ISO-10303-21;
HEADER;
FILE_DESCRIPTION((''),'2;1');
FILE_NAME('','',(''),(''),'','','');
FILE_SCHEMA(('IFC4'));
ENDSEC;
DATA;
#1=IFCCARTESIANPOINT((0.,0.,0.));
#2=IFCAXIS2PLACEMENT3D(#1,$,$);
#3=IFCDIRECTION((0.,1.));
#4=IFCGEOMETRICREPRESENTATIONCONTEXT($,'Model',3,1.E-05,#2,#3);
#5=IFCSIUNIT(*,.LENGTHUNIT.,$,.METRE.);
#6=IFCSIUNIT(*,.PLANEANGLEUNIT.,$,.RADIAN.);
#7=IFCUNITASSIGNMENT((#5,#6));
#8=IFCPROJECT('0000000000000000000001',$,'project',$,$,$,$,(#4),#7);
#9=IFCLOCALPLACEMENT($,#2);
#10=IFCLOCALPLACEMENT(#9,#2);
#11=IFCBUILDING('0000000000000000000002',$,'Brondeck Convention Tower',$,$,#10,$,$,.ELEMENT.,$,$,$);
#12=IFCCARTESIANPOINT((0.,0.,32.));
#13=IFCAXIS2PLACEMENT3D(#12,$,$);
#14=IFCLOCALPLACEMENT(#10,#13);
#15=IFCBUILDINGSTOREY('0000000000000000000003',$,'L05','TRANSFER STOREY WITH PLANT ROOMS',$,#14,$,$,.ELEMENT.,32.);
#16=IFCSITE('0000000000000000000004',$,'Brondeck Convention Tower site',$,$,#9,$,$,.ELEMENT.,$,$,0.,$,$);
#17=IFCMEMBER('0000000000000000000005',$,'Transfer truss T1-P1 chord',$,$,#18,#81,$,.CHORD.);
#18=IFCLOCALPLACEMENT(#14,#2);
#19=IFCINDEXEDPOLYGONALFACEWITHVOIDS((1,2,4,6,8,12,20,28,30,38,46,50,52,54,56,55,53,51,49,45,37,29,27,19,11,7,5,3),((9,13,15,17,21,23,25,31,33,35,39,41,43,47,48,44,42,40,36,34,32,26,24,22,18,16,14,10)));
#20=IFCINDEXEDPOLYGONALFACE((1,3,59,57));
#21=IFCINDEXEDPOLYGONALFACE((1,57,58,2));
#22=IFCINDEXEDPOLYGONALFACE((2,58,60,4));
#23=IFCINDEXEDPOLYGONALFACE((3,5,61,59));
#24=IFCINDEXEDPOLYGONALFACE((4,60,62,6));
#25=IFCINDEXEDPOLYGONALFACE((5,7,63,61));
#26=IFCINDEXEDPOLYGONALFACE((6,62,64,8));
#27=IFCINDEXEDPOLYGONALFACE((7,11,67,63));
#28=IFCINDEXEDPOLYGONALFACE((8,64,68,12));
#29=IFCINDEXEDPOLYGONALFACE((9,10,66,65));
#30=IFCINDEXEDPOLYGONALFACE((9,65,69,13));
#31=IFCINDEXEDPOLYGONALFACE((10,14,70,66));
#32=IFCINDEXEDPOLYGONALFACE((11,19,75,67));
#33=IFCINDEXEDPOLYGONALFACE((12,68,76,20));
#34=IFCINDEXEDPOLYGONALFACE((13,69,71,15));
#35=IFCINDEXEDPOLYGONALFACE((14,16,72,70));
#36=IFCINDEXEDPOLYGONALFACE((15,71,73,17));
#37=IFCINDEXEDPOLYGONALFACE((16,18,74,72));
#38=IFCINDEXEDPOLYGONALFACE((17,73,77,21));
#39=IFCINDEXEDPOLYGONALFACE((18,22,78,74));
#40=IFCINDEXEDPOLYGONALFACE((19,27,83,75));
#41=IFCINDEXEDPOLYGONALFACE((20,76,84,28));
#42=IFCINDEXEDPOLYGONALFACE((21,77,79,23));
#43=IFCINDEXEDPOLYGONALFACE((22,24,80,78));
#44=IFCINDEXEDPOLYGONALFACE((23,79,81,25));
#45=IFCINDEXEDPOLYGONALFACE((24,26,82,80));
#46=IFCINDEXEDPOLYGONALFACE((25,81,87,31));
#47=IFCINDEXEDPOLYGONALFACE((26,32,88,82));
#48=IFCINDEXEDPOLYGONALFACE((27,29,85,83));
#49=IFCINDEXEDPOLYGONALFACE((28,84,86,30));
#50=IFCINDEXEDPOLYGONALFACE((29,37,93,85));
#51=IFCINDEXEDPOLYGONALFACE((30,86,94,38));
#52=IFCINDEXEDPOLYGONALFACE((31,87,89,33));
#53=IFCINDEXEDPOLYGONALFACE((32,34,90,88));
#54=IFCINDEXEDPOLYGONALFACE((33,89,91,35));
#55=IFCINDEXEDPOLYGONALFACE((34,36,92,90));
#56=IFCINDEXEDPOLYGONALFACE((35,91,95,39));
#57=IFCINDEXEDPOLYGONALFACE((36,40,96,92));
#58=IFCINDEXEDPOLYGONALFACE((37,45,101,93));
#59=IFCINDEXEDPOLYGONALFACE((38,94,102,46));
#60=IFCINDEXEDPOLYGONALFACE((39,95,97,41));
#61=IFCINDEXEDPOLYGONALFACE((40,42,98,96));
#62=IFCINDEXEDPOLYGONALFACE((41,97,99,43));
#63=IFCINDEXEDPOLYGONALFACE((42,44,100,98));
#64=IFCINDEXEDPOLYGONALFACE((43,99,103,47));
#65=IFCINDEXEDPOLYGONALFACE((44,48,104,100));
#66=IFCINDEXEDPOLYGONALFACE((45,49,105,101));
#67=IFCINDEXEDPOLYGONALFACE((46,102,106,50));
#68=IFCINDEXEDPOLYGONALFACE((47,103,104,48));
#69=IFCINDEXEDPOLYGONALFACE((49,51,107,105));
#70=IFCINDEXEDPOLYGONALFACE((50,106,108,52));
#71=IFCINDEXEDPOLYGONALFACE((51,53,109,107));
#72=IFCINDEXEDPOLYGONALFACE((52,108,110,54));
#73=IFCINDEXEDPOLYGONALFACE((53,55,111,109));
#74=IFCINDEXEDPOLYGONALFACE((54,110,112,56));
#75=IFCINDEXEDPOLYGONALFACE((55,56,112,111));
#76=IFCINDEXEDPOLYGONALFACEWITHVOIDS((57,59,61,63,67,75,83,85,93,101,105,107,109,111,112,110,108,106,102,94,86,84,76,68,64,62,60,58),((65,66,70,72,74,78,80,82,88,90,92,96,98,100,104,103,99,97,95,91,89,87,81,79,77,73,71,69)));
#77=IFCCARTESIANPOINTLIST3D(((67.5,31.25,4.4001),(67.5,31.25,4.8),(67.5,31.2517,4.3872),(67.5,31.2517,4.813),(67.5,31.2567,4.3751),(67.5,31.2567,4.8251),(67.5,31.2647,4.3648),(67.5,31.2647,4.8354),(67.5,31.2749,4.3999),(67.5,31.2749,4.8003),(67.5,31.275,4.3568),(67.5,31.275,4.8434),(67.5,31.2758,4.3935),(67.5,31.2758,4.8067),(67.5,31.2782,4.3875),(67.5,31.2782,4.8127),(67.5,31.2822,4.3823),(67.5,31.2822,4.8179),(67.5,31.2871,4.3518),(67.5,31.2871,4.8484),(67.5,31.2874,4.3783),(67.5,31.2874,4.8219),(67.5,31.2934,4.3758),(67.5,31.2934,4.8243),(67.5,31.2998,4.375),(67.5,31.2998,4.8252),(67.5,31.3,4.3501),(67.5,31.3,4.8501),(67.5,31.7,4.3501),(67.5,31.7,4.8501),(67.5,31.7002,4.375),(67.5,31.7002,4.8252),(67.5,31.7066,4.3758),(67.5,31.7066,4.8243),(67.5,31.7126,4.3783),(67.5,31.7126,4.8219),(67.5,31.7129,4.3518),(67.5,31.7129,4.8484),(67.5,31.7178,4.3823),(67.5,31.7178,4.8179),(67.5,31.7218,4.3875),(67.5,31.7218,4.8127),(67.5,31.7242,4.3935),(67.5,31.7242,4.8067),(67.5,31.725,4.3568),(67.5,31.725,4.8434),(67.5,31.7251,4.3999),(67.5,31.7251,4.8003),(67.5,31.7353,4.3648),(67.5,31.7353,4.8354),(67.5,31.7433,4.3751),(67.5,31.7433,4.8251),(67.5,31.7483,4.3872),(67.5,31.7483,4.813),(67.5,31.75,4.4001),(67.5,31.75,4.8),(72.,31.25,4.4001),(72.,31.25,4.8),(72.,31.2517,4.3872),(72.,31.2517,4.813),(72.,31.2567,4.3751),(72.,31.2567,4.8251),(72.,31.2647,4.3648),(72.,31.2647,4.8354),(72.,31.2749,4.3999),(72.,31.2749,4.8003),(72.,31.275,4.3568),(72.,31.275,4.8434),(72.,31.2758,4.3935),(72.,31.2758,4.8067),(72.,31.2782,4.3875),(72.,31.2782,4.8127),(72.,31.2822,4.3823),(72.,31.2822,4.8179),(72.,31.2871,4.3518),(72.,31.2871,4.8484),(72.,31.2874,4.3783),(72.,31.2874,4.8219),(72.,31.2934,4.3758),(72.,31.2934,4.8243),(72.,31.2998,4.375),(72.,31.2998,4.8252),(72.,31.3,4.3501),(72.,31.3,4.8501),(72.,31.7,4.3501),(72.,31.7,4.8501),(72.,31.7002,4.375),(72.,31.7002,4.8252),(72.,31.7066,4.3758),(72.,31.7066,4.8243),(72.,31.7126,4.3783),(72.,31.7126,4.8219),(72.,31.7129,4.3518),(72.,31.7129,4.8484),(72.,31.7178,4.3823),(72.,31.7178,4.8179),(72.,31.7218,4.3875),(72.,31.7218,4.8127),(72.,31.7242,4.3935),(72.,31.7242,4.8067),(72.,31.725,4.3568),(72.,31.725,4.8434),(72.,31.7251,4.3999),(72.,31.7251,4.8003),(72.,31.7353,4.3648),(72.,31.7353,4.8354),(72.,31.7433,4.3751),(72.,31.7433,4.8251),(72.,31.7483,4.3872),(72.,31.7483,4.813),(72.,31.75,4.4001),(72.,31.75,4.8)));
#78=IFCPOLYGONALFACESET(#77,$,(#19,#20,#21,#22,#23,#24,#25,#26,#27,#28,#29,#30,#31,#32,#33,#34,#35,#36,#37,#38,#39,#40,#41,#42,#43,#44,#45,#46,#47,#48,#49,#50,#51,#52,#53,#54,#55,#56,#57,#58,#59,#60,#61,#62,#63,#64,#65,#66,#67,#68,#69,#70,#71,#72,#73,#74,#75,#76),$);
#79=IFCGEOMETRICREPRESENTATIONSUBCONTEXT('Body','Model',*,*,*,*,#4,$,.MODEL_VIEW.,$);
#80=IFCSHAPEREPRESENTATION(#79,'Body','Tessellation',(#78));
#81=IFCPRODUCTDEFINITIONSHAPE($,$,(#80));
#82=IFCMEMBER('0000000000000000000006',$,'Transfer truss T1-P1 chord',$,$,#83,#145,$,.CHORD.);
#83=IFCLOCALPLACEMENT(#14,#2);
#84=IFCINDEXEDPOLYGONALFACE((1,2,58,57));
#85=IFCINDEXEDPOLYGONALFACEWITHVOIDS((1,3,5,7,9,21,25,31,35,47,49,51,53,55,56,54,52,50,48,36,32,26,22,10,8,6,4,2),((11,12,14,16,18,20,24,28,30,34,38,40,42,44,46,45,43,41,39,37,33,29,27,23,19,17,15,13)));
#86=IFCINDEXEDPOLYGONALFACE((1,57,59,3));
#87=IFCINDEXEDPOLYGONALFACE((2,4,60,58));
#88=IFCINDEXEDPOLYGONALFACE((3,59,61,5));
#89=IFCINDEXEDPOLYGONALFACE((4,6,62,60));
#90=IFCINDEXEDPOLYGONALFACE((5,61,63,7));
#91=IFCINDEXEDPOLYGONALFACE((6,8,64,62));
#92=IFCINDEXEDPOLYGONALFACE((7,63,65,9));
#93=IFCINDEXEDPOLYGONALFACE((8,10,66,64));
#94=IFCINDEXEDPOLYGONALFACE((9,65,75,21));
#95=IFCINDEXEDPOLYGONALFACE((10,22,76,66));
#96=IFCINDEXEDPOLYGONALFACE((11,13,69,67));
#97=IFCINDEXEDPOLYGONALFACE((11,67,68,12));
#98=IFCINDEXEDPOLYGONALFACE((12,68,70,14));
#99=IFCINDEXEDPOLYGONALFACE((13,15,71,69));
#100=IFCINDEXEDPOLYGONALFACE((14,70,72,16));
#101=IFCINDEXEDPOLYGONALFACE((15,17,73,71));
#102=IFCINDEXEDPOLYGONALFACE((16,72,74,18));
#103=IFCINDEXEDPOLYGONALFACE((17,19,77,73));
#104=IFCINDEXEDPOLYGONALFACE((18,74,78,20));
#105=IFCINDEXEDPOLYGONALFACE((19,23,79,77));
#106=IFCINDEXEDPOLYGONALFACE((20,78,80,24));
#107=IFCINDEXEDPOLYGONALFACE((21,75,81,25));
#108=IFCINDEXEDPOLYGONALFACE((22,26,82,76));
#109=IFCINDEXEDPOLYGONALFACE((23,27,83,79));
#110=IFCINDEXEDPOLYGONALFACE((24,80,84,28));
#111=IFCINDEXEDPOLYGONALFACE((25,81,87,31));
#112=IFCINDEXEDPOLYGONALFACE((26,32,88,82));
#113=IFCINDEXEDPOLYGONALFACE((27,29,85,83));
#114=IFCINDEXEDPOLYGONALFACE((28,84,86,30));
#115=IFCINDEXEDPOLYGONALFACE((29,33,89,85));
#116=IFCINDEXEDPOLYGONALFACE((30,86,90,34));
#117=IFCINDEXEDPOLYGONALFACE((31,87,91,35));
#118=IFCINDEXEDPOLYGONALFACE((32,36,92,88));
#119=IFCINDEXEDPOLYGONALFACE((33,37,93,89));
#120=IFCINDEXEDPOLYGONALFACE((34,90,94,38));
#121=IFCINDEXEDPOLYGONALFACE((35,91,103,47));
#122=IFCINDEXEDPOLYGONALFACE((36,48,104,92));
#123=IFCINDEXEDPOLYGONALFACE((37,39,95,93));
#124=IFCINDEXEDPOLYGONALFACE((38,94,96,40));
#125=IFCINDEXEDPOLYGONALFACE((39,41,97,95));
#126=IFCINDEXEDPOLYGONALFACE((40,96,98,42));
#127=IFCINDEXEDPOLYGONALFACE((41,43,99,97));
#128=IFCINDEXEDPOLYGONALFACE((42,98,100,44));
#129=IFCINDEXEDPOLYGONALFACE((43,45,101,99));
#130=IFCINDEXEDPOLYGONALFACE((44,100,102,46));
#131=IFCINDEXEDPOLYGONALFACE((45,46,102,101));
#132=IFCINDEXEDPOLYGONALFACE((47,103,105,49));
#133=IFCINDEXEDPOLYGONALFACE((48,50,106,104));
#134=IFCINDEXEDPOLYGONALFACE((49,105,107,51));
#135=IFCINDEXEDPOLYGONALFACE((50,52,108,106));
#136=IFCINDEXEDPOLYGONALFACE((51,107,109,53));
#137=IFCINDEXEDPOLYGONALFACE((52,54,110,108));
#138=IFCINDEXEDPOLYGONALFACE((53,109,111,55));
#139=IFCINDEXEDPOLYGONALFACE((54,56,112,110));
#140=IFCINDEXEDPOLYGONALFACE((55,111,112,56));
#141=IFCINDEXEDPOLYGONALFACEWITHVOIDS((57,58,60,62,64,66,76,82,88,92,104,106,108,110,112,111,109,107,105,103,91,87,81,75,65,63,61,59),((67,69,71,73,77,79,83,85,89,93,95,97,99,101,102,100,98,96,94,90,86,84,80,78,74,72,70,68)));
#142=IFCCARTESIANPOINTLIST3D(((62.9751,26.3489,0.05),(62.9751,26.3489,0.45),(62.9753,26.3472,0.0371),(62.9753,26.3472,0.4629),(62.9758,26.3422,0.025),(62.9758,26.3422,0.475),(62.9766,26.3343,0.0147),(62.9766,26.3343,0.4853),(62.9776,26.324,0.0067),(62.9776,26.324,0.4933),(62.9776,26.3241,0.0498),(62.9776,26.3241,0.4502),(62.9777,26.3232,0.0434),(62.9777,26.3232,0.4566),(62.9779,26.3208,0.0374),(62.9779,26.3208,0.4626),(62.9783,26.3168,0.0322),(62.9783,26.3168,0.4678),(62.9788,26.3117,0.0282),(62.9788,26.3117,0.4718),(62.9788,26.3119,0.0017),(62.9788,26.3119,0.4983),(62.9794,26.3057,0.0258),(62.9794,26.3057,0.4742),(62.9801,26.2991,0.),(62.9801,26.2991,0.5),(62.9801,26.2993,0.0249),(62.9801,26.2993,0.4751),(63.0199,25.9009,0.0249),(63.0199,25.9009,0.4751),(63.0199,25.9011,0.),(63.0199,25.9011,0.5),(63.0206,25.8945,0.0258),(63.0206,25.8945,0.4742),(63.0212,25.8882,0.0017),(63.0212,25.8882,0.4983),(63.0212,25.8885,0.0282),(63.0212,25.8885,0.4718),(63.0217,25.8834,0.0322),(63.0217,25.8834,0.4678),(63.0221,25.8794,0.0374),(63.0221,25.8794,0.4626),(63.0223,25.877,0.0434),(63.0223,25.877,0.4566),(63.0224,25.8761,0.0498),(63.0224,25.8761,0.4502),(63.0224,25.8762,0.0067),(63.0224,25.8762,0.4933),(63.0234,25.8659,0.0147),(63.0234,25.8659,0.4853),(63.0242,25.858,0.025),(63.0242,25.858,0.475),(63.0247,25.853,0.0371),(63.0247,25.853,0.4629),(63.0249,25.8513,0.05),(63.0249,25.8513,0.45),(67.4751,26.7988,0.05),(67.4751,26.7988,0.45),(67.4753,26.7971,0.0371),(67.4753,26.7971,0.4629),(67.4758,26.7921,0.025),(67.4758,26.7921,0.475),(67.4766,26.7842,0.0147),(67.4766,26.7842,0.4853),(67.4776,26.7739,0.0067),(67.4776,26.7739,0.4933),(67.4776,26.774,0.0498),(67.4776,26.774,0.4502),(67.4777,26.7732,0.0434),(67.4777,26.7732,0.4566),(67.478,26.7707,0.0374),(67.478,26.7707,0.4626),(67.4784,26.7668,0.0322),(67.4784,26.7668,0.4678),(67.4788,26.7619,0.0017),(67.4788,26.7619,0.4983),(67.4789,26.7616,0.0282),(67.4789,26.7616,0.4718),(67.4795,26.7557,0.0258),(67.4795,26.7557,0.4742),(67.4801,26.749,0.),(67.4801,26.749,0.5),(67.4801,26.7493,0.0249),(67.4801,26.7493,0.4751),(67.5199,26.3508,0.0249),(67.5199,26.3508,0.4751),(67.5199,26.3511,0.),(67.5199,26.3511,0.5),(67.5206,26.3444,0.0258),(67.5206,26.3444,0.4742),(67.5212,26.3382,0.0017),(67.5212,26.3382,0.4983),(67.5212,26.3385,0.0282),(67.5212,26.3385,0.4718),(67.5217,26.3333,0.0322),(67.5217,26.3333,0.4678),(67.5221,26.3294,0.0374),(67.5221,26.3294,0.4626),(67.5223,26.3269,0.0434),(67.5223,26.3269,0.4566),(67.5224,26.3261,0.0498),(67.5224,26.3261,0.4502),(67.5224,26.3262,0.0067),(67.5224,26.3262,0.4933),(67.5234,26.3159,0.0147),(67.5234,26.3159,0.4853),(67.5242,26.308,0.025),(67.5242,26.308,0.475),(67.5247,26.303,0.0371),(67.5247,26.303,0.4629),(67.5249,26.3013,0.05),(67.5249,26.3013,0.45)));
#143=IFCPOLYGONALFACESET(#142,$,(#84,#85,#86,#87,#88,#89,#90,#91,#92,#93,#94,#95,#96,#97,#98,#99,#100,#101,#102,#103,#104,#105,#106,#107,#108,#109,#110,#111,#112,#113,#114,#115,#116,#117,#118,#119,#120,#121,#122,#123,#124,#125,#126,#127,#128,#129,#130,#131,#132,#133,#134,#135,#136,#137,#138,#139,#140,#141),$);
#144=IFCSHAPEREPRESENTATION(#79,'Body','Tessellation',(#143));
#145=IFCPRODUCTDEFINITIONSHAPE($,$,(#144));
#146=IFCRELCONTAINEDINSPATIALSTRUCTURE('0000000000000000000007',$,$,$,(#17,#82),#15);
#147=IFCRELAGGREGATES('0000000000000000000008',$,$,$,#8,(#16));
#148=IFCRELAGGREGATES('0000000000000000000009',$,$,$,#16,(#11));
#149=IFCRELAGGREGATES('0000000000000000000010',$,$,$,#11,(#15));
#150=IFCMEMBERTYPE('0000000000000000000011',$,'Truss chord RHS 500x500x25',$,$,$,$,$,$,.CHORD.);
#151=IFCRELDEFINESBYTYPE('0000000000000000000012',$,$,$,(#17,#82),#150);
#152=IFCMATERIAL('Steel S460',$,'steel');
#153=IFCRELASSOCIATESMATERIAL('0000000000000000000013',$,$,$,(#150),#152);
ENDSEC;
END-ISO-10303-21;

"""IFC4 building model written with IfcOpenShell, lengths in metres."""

from ifc_helpers import new_model, si_unit, direction, frame, origin, origin_2d, place, context, subcontext, project, spatial, hollow_rectangle, extrude, material, material_profile, profile_set, type_object, element, save


model = new_model("IFC4")

# Units and contexts
model_context = context("Model", 3, precision=1e-05, world=origin(), true_north=direction((0.0, 1.0)))
body_context = subcontext(model_context, "Body", "Model", "MODEL_VIEW")
ifc_project = project(units=[si_unit("LENGTHUNIT", "METRE"), si_unit("PLANEANGLEUNIT", "RADIAN")], contexts=[model_context])

# Site, building, storey
site_placement = place(None, origin())
site = spatial("IfcSite", under=ifc_project, at=site_placement, Name="Brondeck Convention Tower site", CompositionType="ELEMENT", RefElevation=0.0)
building_placement = place(site_placement, origin())
building = spatial("IfcBuilding", under=site, at=building_placement, Name="Brondeck Convention Tower", CompositionType="ELEMENT")
storey_placement = place(building_placement, frame((0.0, 0.0, 32.0)))
storey = spatial("IfcBuildingStorey", under=building, at=storey_placement, Name="L05", Description="TRANSFER STOREY WITH PLANT ROOMS", CompositionType="ELEMENT", Elevation=32.0)

# Shared definitions
ifc_material_1 = material(Name="Steel S460", Category="steel")

# Members
ifc_material_profile_1 = material_profile(ifc_material_1, hollow_rectangle(XDim=0.5, YDim=0.5, WallThickness=0.0249, InnerFilletRadius=0.0249, OuterFilletRadius=0.05, at=origin_2d()), Name="RHS 500x500x25")
ifc_profile_set_1 = profile_set([ifc_material_profile_1], Name="Steel S460")
member_type_1 = type_object("IfcMemberType", Name="Truss chord RHS 500x500x25", PredefinedType="CHORD", material=ifc_profile_set_1)
member_1_placement = place(storey_placement, frame((67.5, 31.5, 4.6001), z_axis=(1.0, 0.0, 0.0), x_axis=(0.0, 1.0, 0.0)))
element("IfcMember", 1, at=member_1_placement, inside=storey, type_object=member_type_1, Name="Transfer truss T1-P1 chord", PredefinedType="CHORD", context=body_context, shape_type="SweptSolid", body=[
    extrude(hollow_rectangle(XDim=0.5, YDim=0.5, WallThickness=0.0249, InnerFilletRadius=0.0249, OuterFilletRadius=0.05, at=origin_2d()), origin(), (0.0, 0.0, 1.0), 4.5),
])
member_2_placement = place(storey_placement, frame((63.0, 26.1001, 0.25), z_axis=(0.995038, 0.099493, 0.0), x_axis=(-0.099493, 0.995038, 0.0)))
element("IfcMember", 2, at=member_2_placement, inside=storey, type_object=member_type_1, Name="Transfer truss T1-P1 chord", PredefinedType="CHORD", context=body_context, shape_type="SweptSolid", body=[
    extrude(hollow_rectangle(XDim=0.5, YDim=0.5, WallThickness=0.0249, InnerFilletRadius=0.0249, OuterFilletRadius=0.05, at=origin_2d()), origin(), (0.0, 0.0, 1.0), 4.5225),
])

save(model, "model.ifc")
